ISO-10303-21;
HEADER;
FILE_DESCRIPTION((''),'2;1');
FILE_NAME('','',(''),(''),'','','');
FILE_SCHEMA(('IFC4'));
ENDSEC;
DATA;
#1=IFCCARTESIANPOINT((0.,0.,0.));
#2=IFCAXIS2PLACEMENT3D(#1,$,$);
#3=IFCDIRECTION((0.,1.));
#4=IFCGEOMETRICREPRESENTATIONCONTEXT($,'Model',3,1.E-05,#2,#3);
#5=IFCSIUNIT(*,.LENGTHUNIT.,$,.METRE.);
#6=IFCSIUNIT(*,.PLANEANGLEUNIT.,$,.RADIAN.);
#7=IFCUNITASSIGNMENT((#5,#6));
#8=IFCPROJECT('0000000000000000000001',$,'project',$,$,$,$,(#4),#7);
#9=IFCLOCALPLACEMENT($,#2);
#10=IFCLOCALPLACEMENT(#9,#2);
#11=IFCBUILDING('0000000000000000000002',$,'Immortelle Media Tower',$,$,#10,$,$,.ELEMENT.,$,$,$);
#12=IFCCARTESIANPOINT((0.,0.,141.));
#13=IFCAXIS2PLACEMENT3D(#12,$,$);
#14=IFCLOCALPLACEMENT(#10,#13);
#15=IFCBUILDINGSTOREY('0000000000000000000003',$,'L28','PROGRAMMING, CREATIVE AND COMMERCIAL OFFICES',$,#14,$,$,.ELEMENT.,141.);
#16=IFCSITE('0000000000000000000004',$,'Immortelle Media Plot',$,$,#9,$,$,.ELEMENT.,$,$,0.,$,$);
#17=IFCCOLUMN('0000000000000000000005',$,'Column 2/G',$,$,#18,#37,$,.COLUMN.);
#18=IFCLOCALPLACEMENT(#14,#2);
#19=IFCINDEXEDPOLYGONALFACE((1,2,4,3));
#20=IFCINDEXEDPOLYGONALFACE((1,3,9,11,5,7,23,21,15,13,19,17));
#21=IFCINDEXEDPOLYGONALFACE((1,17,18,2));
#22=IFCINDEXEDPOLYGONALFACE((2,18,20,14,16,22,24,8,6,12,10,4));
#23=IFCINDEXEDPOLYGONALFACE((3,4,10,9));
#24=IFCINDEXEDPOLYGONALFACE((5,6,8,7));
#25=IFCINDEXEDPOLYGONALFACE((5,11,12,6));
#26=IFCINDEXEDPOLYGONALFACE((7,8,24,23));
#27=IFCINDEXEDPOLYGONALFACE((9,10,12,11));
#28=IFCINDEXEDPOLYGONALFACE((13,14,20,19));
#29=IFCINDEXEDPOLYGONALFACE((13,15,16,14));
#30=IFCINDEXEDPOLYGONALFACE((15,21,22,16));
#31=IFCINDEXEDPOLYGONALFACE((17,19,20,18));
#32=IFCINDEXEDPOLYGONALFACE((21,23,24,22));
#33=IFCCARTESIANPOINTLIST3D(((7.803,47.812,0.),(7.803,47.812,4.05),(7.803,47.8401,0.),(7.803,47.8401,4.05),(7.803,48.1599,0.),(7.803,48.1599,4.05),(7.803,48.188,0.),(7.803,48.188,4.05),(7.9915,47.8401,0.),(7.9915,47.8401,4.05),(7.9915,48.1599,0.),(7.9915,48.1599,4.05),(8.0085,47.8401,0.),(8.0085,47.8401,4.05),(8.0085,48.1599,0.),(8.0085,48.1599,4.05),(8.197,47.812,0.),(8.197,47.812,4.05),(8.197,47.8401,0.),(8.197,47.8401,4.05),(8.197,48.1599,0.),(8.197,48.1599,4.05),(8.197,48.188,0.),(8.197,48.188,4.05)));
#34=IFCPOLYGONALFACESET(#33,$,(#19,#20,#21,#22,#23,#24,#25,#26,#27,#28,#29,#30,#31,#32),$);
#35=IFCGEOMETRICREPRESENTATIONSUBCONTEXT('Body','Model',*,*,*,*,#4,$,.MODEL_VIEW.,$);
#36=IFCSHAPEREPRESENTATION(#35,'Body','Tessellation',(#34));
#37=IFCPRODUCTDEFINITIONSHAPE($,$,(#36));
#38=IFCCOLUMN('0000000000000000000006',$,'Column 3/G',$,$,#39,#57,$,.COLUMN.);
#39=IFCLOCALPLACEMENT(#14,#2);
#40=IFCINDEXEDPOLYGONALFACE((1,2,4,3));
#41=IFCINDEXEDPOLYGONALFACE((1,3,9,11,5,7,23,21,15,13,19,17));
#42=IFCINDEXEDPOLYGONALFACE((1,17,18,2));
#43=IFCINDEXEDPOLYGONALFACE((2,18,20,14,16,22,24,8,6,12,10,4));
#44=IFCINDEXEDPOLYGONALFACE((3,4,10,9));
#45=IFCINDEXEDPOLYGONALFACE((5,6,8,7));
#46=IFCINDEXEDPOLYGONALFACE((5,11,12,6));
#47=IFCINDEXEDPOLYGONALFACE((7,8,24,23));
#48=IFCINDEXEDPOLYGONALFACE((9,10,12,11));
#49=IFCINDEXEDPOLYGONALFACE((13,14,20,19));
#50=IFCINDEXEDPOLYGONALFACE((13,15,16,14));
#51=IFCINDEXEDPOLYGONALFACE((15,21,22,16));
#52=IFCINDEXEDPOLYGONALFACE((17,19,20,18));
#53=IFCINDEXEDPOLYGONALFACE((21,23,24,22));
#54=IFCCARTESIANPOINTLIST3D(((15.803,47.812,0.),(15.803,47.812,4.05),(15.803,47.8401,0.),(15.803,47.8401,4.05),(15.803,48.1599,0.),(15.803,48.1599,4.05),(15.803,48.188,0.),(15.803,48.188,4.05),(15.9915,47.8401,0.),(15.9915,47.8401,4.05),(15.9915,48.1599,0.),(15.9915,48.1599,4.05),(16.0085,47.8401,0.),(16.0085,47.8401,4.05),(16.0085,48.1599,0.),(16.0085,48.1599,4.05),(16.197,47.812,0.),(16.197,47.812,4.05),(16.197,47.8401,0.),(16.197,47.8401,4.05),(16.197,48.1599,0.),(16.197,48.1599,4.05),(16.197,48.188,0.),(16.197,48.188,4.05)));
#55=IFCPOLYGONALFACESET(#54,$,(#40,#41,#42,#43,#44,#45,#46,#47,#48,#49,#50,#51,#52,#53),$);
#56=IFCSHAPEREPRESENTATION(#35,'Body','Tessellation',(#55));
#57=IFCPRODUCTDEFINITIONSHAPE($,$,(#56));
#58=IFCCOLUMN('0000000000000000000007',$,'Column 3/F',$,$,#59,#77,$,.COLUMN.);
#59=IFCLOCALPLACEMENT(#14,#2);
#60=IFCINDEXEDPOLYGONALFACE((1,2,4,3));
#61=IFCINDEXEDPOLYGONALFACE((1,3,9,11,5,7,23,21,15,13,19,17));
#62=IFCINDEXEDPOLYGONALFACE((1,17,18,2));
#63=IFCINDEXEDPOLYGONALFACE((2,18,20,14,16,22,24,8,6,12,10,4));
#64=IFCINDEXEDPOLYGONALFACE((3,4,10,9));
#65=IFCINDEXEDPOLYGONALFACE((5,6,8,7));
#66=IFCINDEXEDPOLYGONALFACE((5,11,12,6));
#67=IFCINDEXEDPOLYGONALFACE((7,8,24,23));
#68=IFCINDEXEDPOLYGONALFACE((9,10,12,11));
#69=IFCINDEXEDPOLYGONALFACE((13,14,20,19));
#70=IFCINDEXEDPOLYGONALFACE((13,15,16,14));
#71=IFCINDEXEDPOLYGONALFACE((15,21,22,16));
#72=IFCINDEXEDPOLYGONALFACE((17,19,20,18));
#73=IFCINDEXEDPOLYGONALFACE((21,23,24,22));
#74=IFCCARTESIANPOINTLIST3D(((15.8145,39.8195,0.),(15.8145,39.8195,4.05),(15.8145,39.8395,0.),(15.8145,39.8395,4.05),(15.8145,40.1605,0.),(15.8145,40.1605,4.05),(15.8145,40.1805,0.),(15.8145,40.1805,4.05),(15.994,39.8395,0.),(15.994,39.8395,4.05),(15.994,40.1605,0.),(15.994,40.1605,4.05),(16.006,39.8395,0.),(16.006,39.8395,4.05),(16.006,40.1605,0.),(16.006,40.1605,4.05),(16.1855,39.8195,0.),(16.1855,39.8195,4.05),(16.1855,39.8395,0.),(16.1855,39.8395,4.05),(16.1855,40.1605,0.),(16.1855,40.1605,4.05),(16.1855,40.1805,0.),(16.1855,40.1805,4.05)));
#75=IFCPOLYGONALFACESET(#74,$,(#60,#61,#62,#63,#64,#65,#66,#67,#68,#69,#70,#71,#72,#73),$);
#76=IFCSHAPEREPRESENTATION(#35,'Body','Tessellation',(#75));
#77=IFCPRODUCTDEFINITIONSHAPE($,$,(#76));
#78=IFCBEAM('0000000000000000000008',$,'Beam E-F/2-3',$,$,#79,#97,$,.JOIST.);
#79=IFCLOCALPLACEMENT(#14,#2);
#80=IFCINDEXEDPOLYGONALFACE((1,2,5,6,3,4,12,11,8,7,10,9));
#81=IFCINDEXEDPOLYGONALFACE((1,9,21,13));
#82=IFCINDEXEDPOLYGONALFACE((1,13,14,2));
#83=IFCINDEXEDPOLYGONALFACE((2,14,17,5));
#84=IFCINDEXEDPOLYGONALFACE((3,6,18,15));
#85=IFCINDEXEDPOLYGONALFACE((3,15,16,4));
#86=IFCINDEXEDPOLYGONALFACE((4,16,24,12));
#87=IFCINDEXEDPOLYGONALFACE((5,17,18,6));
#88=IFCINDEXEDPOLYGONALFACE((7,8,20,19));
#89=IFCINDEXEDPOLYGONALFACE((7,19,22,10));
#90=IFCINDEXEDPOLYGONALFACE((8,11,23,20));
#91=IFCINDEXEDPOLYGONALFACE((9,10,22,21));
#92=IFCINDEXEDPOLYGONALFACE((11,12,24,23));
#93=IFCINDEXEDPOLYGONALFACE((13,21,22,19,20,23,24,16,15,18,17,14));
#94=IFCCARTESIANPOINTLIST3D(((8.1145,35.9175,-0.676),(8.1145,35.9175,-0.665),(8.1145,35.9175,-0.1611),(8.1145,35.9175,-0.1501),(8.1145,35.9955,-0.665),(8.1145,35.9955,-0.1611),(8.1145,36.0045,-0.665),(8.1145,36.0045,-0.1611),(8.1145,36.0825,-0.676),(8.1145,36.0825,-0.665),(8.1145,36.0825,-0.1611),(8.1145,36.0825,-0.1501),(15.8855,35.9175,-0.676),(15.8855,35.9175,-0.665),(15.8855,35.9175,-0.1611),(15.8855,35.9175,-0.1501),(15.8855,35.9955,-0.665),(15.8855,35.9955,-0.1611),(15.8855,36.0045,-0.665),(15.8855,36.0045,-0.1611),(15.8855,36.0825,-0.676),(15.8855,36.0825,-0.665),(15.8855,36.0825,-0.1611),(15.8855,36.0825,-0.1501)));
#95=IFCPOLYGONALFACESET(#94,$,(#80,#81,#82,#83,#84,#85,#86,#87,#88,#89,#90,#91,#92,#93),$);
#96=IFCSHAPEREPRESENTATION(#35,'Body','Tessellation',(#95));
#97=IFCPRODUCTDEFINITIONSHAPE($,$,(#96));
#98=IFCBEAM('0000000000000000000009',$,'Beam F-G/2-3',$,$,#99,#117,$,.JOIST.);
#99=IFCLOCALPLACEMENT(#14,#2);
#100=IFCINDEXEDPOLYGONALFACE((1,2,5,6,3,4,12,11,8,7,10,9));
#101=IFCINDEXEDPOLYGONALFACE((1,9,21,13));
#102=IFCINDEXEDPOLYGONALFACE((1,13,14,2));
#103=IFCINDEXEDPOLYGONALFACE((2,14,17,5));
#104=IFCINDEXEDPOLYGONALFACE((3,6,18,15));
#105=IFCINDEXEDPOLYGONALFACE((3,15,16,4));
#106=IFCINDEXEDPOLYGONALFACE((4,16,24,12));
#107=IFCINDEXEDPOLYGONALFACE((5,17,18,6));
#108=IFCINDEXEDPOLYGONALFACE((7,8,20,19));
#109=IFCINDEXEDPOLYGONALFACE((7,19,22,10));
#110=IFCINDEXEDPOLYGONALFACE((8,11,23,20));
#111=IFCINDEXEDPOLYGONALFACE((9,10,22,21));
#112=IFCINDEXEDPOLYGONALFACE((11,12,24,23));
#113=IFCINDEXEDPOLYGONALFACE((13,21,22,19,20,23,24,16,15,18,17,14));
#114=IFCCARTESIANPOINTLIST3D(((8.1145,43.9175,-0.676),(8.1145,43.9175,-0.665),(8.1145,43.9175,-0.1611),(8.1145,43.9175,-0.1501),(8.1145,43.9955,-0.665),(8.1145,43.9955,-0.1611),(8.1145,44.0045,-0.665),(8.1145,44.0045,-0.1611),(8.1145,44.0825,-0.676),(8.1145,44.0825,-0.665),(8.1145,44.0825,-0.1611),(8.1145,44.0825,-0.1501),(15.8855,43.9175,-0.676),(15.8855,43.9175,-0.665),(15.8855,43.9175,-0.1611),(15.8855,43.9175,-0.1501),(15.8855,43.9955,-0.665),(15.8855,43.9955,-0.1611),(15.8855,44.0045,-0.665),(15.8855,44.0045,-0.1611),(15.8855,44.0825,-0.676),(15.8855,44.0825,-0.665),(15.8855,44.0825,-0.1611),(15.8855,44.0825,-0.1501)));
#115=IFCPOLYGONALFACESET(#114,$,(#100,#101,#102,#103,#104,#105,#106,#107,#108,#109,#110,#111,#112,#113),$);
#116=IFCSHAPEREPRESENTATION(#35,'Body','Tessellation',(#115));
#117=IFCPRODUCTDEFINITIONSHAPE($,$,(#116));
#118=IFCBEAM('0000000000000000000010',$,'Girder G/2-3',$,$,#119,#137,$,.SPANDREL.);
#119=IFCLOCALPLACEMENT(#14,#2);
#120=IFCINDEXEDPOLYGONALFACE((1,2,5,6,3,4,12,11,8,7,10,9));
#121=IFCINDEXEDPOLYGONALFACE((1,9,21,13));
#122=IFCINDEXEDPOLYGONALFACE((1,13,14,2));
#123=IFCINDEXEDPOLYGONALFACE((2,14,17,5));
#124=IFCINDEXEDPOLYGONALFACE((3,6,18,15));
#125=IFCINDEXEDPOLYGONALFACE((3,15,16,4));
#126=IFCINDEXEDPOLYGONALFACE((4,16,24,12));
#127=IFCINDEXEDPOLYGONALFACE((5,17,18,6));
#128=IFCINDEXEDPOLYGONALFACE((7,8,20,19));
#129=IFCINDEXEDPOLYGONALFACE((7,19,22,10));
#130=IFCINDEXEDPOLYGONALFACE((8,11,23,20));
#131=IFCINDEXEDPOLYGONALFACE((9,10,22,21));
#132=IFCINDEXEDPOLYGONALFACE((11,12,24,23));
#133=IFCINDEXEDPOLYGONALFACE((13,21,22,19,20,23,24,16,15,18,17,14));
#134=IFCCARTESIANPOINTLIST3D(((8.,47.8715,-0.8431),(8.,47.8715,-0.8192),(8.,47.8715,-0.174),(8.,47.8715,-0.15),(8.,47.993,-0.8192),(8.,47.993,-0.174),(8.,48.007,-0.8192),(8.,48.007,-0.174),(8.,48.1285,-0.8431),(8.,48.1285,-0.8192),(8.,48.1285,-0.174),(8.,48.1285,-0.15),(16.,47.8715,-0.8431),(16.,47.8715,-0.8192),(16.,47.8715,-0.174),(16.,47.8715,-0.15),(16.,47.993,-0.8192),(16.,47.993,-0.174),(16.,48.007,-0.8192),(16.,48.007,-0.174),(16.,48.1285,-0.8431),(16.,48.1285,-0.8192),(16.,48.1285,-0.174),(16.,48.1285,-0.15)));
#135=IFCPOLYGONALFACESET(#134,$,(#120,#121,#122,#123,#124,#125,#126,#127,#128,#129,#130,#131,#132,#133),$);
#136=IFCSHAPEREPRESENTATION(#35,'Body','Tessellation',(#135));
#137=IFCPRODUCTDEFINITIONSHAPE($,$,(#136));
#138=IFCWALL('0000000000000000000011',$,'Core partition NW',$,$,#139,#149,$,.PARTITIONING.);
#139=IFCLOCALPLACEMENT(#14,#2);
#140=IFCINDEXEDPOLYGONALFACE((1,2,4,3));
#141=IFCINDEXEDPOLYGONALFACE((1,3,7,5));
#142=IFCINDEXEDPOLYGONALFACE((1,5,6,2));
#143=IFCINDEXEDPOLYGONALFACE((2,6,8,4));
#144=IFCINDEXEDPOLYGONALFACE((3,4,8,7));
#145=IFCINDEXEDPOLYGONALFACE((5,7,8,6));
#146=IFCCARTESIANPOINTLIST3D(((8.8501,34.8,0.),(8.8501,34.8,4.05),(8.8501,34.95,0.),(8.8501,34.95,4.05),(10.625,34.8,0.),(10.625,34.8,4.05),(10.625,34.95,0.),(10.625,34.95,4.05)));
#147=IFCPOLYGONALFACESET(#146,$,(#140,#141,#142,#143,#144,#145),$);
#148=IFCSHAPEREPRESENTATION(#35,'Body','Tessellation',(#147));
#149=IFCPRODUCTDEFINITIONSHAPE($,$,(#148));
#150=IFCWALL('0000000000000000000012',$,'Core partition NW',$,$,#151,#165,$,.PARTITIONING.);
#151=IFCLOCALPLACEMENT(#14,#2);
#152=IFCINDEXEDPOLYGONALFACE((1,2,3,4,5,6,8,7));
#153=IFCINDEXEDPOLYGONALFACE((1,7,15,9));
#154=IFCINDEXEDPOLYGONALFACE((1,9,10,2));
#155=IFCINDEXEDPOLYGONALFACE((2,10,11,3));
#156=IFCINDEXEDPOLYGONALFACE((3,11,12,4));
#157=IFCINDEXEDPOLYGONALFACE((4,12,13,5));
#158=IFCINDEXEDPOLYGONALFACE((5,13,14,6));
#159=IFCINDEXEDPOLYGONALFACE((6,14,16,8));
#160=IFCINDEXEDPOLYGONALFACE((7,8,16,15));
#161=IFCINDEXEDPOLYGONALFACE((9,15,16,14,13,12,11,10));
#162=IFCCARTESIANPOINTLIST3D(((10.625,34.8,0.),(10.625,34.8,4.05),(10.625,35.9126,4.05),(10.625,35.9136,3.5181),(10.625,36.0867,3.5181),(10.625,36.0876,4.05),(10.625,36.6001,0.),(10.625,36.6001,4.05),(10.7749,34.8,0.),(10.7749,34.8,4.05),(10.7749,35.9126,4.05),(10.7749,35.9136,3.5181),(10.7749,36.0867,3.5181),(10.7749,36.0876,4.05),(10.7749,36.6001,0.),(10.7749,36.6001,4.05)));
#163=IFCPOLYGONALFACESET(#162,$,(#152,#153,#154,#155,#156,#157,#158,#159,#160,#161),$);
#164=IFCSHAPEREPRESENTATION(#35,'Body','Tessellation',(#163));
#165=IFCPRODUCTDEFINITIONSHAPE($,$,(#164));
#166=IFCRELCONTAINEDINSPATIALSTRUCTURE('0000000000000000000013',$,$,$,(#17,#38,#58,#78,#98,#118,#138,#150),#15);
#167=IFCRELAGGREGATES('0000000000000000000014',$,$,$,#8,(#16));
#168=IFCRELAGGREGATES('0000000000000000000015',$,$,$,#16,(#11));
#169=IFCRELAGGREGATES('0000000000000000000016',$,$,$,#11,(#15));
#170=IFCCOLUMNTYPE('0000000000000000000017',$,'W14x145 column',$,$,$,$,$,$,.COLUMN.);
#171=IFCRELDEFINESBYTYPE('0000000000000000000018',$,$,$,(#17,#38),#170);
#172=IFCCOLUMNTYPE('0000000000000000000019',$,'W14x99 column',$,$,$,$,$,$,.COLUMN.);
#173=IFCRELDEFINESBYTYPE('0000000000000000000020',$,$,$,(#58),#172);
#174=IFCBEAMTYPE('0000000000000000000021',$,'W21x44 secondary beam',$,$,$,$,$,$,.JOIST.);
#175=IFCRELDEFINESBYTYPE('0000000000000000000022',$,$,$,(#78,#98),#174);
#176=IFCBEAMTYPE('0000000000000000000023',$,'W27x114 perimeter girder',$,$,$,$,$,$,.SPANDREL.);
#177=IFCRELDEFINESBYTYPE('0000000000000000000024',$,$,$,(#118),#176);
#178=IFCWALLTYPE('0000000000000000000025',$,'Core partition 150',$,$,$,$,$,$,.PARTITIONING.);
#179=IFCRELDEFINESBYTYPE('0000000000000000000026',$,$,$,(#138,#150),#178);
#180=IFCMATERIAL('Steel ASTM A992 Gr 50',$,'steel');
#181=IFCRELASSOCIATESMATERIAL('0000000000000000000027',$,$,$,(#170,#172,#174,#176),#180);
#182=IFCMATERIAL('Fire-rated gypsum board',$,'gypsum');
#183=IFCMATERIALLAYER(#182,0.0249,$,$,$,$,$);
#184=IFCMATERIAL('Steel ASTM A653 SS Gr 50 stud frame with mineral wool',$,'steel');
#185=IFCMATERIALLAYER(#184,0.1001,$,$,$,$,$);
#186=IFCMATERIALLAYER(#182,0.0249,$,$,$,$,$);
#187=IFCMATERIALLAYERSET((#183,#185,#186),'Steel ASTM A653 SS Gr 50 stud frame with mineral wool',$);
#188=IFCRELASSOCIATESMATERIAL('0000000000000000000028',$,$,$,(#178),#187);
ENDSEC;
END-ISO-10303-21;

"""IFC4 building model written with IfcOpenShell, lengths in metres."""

from ifc_helpers import new_model, si_unit, direction, frame, frame_2d, origin, origin_2d, place, context, subcontext, project, spatial, polyline, rectangle, i_section, outline, extrude, material, layer, layer_set, material_profile, profile_set, type_object, element, save


model = new_model("IFC4")

# Units and contexts
model_context = context("Model", 3, precision=1e-05, world=origin(), true_north=direction((0.0, 1.0)))
body_context = subcontext(model_context, "Body", "Model", "MODEL_VIEW")
ifc_project = project(units=[si_unit("LENGTHUNIT", "METRE"), si_unit("PLANEANGLEUNIT", "RADIAN")], contexts=[model_context])

# Site, building, storey
site_placement = place(None, origin())
site = spatial("IfcSite", under=ifc_project, at=site_placement, Name="Immortelle Media Plot", CompositionType="ELEMENT", RefElevation=0.0)
building_placement = place(site_placement, origin())
building = spatial("IfcBuilding", under=site, at=building_placement, Name="Immortelle Media Tower", CompositionType="ELEMENT")
storey_placement = place(building_placement, frame((0.0, 0.0, 141.0)))
storey = spatial("IfcBuildingStorey", under=building, at=storey_placement, Name="L28", Description="PROGRAMMING, CREATIVE AND COMMERCIAL OFFICES", CompositionType="ELEMENT", Elevation=141.0)

# Columns
ifc_material_1 = material(Name="Steel ASTM A992 Gr 50", Category="steel")
ifc_material_profile_1 = material_profile(ifc_material_1, i_section(OverallWidth=0.394, OverallDepth=0.376, WebThickness=0.0171, FlangeThickness=0.0281, at=origin_2d()), Name="W14x145")
ifc_profile_set_1 = profile_set([ifc_material_profile_1], Name="Steel ASTM A992 Gr 50")
column_type_1 = type_object("IfcColumnType", Name="W14x145 column", PredefinedType="COLUMN", material=ifc_profile_set_1)
for number, where, z_axis, x_axis, name in (
    (1, (8.0, 48.0, 0.0), (0.0, 0.0, 1.0), (1.0, 0.0, 0.0), "Column 2/G"),
    (2, (16.0, 48.0, 0.0), (0.0, 0.0, 1.0), (1.0, 0.0, 0.0), "Column 3/G"),
):
    element("IfcColumn", number, at=place(storey_placement, frame(where, z_axis=z_axis, x_axis=x_axis)), inside=storey, type_object=column_type_1, Name=name, PredefinedType="COLUMN", context=body_context, shape_type="SweptSolid", body=[
        extrude(i_section(OverallWidth=0.394, OverallDepth=0.376, WebThickness=0.0171, FlangeThickness=0.0281, at=origin_2d()), origin(), (0.0, 0.0, 1.0), 4.05),
    ])
ifc_material_profile_2 = material_profile(ifc_material_1, i_section(OverallWidth=0.3711, OverallDepth=0.3611, WebThickness=0.012, FlangeThickness=0.02, at=origin_2d()), Name="W14x99")
ifc_profile_set_2 = profile_set([ifc_material_profile_2], Name="Steel ASTM A992 Gr 50")
column_type_2 = type_object("IfcColumnType", Name="W14x99 column", PredefinedType="COLUMN", material=ifc_profile_set_2)
column_placement = place(storey_placement, frame((16.0, 40.0, 0.0), z_axis=(0.0, 0.0, 1.0), x_axis=(1.0, 0.0, 0.0)))
element("IfcColumn", 3, at=column_placement, inside=storey, type_object=column_type_2, Name="Column 3/F", PredefinedType="COLUMN", context=body_context, shape_type="SweptSolid", body=[
    extrude(i_section(OverallWidth=0.3711, OverallDepth=0.3611, WebThickness=0.012, FlangeThickness=0.02, at=origin_2d()), origin(), (0.0, 0.0, 1.0), 4.05),
])

# Beams
ifc_material_profile_3 = material_profile(ifc_material_1, i_section(OverallWidth=0.165, OverallDepth=0.5259, WebThickness=0.009, FlangeThickness=0.011, at=origin_2d()), Name="W21x44")
ifc_profile_set_3 = profile_set([ifc_material_profile_3], Name="Steel ASTM A992 Gr 50")
beam_type_1 = type_object("IfcBeamType", Name="W21x44 secondary beam", PredefinedType="JOIST", material=ifc_profile_set_3)
for number, where, z_axis, x_axis, name in (
    (4, (8.1145, 36.0, -0.4131), (1.0, 0.0, 0.0), (0.0, 1.0, 0.0), "Beam E-F/2-3"),
    (5, (8.1145, 44.0, -0.4131), (1.0, 0.0, 0.0), (0.0, 1.0, 0.0), "Beam F-G/2-3"),
):
    element("IfcBeam", number, at=place(storey_placement, frame(where, z_axis=z_axis, x_axis=x_axis)), inside=storey, type_object=beam_type_1, Name=name, PredefinedType="JOIST", context=body_context, shape_type="SweptSolid", body=[
        extrude(i_section(OverallWidth=0.165, OverallDepth=0.5259, WebThickness=0.009, FlangeThickness=0.011, at=origin_2d()), origin(), (0.0, 0.0, 1.0), 7.771),
    ])
ifc_material_profile_4 = material_profile(ifc_material_1, i_section(OverallWidth=0.2571, OverallDepth=0.6931, WebThickness=0.0139, FlangeThickness=0.0239, at=origin_2d()), Name="W27x114")
ifc_profile_set_4 = profile_set([ifc_material_profile_4], Name="Steel ASTM A992 Gr 50")
beam_type_2 = type_object("IfcBeamType", Name="W27x114 perimeter girder", PredefinedType="SPANDREL", material=ifc_profile_set_4)
beam_placement = place(storey_placement, frame((8.0, 48.0, -0.4966), z_axis=(1.0, 0.0, 0.0), x_axis=(0.0, 1.0, 0.0)))
element("IfcBeam", 6, at=beam_placement, inside=storey, type_object=beam_type_2, Name="Girder G/2-3", PredefinedType="SPANDREL", context=body_context, shape_type="SweptSolid", body=[
    extrude(i_section(OverallWidth=0.2571, OverallDepth=0.6931, WebThickness=0.0139, FlangeThickness=0.0239, at=origin_2d()), origin(), (0.0, 0.0, 1.0), 8.0),
])

# Walls
ifc_material_2 = material(Name="Fire-rated gypsum board", Category="gypsum")
ifc_layer_1 = layer(ifc_material_2, 0.0249)
ifc_material_3 = material(Name="Steel ASTM A653 SS Gr 50 stud frame with mineral wool", Category="steel")
ifc_layer_2 = layer(ifc_material_3, 0.1001)
ifc_layer_3 = layer(ifc_material_2, 0.0249)
ifc_layer_set_1 = layer_set([ifc_layer_1, ifc_layer_2, ifc_layer_3], Name="Steel ASTM A653 SS Gr 50 stud frame with mineral wool")
wall_type_1 = type_object("IfcWallType", Name="Core partition 150", PredefinedType="PARTITIONING", material=ifc_layer_set_1)
wall_1_placement = place(storey_placement, frame((8.8501, 34.875, 0.0), z_axis=(0.0, 0.0, 1.0), x_axis=(1.0, 0.0, 0.0)))
element("IfcWall", 7, at=wall_1_placement, inside=storey, type_object=wall_type_1, Name="Core partition NW", PredefinedType="PARTITIONING", context=body_context, shape_type="SweptSolid", body=[
    extrude(rectangle(XDim=1.7749, YDim=0.1499, at=frame_2d((0.8875, 0.0))), origin(), (0.0, 0.0, 1.0), 4.05),
])
wall_2_placement = place(storey_placement, frame((10.7, 34.8, 0.0), z_axis=(0.0, 0.0, 1.0), x_axis=(0.0, 1.0, 0.0)))
element("IfcWall", 8, at=wall_2_placement, inside=storey, type_object=wall_type_1, Name="Core partition NW", PredefinedType="PARTITIONING", context=body_context, shape_type="SweptSolid", body=[
    extrude(outline(polyline([(0.0, 0.0), (1.8, 0.0), (1.8, 4.05), (1.2876, 4.05), (1.2866, 3.5181), (1.1135, 3.5181), (1.1125, 4.05), (0.0, 4.05), (0.0, 0.0)])), frame((0.0, 0.075, 0.0), z_axis=(0.0, -1.0, 0.0), x_axis=(1.0, 0.0, 0.0)), (0.0, 0.0, 1.0), 0.1499),
])

save(model, "model.ifc")
